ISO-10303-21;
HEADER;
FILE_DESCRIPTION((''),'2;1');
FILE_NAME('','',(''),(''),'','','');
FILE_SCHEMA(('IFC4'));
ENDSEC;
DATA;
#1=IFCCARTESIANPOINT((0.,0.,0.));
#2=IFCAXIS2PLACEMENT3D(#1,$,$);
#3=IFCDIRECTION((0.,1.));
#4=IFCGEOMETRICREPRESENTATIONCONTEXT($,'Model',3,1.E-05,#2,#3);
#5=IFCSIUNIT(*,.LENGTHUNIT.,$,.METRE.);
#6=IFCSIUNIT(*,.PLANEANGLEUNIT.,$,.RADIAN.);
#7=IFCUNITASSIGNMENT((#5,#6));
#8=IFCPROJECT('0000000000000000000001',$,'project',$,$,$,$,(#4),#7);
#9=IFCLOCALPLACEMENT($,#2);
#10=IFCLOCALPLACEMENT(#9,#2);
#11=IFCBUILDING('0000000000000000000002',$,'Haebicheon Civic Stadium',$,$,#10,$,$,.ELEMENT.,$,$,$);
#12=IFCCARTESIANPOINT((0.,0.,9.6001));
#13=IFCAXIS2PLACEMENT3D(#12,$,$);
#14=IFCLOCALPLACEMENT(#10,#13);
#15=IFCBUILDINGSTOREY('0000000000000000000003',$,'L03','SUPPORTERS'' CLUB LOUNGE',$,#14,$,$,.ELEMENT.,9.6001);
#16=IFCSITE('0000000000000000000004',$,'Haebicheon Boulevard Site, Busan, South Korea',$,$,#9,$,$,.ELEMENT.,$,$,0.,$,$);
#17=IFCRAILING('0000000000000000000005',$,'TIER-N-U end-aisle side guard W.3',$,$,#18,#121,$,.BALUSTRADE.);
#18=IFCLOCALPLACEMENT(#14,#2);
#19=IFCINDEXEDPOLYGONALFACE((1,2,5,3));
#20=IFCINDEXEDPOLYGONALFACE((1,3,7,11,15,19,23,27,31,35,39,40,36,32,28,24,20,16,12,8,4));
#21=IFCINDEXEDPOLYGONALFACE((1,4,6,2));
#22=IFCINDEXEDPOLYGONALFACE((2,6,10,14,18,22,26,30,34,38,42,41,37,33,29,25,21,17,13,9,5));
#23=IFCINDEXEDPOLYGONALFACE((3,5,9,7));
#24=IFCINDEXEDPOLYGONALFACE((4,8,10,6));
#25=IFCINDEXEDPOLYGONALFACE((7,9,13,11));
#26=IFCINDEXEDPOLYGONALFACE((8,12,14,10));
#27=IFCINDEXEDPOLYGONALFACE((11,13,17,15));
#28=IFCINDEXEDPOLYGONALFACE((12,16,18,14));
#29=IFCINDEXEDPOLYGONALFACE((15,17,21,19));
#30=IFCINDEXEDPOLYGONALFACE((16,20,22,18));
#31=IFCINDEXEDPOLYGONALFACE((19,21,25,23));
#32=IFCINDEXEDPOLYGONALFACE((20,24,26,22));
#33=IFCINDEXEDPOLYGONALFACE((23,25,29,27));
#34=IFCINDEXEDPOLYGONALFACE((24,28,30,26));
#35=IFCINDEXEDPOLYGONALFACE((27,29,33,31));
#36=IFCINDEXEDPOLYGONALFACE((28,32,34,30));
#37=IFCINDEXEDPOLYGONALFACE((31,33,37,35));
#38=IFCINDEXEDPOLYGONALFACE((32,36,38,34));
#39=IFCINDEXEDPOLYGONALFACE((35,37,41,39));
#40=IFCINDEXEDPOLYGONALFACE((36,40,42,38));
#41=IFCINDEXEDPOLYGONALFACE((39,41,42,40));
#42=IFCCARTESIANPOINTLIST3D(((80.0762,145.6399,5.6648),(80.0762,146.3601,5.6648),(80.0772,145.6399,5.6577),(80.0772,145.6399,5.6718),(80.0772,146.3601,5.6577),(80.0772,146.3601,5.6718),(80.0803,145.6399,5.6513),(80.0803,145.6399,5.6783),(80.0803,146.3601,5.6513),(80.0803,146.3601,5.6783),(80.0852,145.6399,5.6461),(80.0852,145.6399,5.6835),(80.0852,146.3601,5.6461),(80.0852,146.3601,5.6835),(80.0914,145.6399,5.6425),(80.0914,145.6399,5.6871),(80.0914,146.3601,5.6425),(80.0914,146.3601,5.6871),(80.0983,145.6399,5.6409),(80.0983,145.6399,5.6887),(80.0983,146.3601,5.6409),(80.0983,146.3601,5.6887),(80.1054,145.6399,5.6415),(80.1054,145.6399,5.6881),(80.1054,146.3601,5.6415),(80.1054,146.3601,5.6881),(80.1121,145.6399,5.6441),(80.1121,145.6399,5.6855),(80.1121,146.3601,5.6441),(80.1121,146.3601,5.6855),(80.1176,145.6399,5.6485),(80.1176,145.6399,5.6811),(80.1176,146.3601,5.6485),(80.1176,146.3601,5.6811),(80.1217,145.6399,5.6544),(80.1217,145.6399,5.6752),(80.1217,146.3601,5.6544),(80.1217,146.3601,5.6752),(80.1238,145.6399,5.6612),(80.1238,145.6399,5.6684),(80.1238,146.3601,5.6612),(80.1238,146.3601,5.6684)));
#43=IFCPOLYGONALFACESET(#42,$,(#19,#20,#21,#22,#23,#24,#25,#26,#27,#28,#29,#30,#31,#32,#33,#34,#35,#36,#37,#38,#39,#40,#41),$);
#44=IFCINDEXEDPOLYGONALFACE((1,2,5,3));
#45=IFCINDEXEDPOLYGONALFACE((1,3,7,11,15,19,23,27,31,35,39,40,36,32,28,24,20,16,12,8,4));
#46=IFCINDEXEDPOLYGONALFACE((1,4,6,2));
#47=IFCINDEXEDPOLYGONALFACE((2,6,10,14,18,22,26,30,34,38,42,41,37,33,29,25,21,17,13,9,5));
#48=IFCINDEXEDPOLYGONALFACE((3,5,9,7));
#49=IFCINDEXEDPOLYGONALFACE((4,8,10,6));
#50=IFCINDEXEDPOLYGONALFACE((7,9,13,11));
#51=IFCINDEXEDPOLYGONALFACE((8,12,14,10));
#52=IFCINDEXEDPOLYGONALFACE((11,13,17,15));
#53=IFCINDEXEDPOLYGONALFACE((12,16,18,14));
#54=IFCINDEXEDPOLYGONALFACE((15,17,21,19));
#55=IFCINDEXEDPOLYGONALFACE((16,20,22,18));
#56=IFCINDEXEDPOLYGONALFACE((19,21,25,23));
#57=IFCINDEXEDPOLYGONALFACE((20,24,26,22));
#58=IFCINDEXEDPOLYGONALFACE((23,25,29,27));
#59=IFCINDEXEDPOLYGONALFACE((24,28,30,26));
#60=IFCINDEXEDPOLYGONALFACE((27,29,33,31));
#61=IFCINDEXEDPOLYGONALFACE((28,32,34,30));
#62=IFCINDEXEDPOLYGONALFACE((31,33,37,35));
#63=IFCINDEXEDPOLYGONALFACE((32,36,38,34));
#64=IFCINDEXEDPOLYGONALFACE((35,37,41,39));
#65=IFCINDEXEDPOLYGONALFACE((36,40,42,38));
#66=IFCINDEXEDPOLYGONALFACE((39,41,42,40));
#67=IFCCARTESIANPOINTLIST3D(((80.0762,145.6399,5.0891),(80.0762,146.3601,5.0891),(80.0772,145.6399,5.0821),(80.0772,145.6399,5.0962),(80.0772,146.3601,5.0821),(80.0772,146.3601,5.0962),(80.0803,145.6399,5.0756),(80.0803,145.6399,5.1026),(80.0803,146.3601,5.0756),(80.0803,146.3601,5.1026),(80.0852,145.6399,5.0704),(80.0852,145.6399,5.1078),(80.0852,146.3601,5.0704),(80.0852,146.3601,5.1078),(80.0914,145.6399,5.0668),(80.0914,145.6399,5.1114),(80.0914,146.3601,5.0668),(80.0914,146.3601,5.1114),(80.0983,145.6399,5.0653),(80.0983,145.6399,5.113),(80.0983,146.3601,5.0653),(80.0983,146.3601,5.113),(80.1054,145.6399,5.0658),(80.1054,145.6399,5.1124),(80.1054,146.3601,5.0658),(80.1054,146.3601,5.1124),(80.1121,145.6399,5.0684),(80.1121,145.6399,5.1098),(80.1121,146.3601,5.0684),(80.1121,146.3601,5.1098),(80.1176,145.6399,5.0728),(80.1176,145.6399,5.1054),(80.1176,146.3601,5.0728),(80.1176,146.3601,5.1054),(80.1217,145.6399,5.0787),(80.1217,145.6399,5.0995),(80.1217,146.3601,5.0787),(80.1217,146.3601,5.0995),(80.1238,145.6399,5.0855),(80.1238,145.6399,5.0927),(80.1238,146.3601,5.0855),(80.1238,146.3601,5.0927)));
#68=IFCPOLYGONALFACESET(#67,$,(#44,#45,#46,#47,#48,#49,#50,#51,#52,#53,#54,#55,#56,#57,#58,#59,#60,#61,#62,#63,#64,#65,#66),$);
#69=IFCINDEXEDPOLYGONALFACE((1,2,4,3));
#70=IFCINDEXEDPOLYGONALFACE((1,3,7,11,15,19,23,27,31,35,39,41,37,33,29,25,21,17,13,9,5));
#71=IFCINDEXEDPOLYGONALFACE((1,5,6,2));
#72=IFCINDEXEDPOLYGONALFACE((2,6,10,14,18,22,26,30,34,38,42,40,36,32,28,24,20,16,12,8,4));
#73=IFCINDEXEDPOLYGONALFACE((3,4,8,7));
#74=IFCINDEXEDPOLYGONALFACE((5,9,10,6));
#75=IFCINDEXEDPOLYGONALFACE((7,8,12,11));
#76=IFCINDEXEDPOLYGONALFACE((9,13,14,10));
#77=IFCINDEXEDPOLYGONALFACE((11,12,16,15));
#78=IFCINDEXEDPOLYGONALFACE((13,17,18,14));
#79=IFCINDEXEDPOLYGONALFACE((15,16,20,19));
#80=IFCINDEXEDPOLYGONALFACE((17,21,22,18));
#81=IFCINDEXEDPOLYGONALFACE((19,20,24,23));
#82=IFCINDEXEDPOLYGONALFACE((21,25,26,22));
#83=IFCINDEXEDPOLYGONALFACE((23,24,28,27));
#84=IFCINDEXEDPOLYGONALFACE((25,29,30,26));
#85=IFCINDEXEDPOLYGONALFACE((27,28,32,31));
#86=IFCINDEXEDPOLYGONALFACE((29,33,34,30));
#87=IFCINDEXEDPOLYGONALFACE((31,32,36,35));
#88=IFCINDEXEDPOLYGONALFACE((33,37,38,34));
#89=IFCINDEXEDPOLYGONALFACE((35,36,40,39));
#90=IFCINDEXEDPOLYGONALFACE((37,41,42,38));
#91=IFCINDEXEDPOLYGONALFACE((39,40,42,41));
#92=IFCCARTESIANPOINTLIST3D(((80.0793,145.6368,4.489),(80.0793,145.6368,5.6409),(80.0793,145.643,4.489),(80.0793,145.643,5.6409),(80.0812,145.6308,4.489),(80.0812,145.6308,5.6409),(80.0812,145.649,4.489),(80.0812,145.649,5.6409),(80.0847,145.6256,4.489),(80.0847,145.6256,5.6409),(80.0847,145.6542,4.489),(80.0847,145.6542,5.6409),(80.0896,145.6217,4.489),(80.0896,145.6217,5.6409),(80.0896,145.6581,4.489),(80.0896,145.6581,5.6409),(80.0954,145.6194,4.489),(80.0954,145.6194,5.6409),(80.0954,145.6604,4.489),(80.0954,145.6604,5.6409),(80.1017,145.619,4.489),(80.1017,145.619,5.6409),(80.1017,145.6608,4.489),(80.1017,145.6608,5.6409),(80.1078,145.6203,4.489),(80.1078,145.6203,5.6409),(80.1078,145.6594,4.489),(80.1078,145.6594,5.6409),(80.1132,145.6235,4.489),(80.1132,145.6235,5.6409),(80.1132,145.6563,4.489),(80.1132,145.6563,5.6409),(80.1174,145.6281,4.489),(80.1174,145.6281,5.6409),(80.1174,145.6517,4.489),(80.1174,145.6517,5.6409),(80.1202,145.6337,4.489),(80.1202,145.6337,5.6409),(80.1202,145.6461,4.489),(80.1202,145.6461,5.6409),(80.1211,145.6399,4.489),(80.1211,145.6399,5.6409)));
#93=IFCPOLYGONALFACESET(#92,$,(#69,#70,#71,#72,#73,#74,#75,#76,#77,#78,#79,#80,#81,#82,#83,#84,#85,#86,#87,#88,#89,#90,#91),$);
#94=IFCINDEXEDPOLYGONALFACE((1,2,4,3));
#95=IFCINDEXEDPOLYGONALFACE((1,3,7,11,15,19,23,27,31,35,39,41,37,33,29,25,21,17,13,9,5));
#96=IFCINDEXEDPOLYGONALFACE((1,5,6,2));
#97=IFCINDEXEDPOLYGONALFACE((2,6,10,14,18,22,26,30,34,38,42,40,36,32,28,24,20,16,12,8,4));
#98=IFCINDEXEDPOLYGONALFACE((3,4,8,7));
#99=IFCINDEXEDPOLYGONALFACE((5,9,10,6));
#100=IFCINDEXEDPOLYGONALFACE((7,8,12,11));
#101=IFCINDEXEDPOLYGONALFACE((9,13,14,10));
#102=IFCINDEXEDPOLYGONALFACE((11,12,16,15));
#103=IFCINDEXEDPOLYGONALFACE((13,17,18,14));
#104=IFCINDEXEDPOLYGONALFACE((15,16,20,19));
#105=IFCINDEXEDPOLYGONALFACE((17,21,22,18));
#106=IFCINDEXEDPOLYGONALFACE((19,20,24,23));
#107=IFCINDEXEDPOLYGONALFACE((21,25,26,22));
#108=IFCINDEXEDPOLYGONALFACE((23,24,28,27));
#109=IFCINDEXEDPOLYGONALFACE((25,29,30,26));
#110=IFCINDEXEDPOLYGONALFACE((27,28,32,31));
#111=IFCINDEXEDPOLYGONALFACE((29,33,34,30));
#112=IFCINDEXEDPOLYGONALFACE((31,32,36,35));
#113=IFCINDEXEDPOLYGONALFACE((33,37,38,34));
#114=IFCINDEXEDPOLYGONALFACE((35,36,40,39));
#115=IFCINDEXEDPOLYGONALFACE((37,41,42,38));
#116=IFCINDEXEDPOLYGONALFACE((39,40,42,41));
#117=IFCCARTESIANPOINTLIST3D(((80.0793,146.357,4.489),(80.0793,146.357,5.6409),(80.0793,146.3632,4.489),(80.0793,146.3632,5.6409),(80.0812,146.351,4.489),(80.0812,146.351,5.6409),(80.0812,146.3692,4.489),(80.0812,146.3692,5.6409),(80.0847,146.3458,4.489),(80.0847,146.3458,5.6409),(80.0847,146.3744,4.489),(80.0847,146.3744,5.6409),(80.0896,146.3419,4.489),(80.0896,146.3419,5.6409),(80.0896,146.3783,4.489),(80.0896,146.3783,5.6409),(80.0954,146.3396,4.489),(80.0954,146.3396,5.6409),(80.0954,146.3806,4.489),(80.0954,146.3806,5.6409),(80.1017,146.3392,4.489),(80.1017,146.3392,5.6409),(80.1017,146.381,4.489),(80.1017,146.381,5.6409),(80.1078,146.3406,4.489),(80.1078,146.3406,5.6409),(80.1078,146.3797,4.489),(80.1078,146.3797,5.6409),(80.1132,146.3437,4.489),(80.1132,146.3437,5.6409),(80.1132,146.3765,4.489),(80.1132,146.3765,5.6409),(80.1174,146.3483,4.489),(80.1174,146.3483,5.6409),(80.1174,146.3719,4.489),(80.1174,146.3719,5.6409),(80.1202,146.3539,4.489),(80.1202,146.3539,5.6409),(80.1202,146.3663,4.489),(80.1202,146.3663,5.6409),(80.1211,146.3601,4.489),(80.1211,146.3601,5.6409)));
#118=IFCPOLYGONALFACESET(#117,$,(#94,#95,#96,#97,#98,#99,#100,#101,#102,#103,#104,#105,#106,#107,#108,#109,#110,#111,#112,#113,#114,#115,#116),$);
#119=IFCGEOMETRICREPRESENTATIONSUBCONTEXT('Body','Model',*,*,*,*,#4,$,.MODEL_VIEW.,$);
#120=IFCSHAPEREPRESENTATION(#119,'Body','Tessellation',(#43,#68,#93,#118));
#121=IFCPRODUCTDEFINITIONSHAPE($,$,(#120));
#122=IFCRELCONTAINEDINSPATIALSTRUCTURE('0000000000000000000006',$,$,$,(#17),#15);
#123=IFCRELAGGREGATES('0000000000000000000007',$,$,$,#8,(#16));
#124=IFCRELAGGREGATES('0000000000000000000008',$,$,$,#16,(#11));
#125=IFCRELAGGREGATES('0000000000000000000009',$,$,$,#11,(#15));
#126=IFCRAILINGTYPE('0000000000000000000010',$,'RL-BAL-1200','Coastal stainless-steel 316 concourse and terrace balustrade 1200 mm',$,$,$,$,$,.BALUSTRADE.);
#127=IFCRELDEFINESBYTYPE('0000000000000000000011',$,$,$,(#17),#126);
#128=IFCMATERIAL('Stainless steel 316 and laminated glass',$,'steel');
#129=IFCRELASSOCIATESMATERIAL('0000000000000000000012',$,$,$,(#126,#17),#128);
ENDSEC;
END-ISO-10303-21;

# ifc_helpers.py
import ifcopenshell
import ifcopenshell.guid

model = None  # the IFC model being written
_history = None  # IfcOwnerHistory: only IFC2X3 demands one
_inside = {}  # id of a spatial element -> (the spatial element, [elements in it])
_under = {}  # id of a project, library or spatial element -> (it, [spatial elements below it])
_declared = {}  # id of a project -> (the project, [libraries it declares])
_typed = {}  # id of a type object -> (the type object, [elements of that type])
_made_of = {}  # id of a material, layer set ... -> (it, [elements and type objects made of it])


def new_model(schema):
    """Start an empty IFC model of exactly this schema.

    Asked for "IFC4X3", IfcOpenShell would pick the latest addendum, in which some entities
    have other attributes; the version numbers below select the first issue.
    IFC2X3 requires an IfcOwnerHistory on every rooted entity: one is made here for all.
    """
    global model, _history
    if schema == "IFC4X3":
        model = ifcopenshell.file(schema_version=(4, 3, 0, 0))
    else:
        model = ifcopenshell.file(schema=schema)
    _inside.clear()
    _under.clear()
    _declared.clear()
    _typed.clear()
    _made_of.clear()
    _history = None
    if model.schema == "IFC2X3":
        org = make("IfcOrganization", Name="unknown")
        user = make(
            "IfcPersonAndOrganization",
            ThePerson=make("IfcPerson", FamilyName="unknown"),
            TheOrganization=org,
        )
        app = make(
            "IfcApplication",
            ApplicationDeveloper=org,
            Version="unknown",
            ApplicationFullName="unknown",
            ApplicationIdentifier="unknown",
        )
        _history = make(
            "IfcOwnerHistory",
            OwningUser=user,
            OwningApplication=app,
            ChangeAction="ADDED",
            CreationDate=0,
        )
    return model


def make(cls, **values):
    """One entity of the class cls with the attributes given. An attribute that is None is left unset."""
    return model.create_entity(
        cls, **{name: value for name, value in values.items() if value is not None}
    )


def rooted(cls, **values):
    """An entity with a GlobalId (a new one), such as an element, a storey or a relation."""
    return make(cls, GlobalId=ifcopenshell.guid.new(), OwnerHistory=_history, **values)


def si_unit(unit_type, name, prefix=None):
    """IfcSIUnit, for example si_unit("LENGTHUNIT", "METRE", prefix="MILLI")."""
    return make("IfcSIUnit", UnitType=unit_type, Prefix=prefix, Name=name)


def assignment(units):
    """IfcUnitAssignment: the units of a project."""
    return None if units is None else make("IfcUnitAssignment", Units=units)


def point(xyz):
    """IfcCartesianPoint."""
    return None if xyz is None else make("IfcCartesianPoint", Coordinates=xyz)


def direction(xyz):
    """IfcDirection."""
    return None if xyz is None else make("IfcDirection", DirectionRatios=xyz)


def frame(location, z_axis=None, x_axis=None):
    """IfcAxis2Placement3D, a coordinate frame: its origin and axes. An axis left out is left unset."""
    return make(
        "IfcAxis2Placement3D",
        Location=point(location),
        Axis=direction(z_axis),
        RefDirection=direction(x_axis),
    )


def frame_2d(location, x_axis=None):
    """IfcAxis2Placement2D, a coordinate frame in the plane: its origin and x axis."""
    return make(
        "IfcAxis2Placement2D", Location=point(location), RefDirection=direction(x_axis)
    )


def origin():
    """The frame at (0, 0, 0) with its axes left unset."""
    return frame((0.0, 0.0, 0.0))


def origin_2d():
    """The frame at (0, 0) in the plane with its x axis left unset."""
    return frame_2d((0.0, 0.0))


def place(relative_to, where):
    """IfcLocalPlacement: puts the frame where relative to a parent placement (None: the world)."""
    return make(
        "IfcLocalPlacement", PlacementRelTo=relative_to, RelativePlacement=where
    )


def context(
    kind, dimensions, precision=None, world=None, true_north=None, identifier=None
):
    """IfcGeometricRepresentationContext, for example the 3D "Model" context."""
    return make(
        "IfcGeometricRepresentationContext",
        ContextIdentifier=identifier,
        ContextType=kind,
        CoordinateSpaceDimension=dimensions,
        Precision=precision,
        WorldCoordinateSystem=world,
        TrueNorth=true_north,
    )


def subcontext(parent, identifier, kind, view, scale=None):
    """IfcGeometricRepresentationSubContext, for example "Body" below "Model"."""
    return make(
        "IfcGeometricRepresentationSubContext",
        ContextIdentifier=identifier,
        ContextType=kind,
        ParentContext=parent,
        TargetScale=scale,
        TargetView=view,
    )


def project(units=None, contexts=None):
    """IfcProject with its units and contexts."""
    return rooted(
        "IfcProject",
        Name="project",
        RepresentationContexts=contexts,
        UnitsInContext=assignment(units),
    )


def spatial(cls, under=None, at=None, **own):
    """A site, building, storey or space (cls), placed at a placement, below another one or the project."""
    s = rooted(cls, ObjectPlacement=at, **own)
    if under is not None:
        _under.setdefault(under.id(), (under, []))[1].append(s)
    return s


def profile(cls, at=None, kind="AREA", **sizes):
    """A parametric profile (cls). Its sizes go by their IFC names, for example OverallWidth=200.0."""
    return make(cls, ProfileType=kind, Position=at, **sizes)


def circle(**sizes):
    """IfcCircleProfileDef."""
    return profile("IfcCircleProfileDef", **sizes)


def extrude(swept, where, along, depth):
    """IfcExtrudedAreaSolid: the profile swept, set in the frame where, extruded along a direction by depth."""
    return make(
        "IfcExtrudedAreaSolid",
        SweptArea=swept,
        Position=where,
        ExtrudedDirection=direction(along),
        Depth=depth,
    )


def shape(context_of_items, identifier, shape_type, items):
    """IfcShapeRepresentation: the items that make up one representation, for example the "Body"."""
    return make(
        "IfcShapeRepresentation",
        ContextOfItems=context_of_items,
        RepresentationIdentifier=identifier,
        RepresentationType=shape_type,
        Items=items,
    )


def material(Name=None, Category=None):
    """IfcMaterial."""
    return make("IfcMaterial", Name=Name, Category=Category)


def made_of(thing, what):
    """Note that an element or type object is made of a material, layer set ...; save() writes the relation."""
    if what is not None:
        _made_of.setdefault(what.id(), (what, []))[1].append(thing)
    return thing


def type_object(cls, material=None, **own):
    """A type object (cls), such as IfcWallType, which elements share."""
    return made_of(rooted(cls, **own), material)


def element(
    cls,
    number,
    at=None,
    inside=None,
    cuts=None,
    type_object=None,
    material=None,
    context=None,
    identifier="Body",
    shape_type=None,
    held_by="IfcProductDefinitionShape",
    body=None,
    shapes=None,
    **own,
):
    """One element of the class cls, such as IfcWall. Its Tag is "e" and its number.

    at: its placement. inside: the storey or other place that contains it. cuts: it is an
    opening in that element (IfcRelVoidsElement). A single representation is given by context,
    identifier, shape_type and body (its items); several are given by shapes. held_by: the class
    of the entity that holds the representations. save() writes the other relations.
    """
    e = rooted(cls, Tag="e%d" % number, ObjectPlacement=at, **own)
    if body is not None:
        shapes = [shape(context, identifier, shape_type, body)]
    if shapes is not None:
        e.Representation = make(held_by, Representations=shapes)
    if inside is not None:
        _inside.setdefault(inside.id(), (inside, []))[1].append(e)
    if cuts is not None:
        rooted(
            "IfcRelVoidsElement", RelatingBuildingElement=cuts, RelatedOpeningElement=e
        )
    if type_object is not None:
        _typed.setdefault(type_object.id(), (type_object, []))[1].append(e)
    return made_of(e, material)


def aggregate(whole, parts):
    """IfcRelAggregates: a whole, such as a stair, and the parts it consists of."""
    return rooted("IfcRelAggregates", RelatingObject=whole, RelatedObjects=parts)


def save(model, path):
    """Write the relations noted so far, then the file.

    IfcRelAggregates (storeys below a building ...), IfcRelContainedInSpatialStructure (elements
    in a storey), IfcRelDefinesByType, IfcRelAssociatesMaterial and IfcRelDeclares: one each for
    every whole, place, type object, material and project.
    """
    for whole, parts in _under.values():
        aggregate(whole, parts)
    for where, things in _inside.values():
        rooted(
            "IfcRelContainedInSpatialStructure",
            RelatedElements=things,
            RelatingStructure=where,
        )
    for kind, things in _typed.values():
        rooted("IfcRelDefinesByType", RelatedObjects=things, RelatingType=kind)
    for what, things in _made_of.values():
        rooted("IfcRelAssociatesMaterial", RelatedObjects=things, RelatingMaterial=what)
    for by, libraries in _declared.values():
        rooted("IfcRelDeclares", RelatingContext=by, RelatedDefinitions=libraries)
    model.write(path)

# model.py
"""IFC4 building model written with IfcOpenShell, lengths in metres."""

from ifc_helpers import new_model, si_unit, direction, frame, origin, origin_2d, place, context, subcontext, project, spatial, circle, extrude, material, type_object, element, save


model = new_model("IFC4")

# Units and contexts
model_context = context("Model", 3, precision=1e-05, world=origin(), true_north=direction((0.0, 1.0)))
body_context = subcontext(model_context, "Body", "Model", "MODEL_VIEW")
ifc_project = project(units=[si_unit("LENGTHUNIT", "METRE"), si_unit("PLANEANGLEUNIT", "RADIAN")], contexts=[model_context])

# Site, building, storey
site_placement = place(None, origin())
site = spatial("IfcSite", under=ifc_project, at=site_placement, Name="Haebicheon Boulevard Site, Busan, South Korea", CompositionType="ELEMENT", RefElevation=0.0)
building_placement = place(site_placement, origin())
building = spatial("IfcBuilding", under=site, at=building_placement, Name="Haebicheon Civic Stadium", CompositionType="ELEMENT")
storey_placement = place(building_placement, frame((0.0, 0.0, 9.6001)))
storey = spatial("IfcBuildingStorey", under=building, at=storey_placement, Name="L03", Description="SUPPORTERS' CLUB LOUNGE", CompositionType="ELEMENT", Elevation=9.6001)

# Railing
ifc_material_1 = material(Name="Stainless steel 316 and laminated glass", Category="steel")
railing_type = type_object("IfcRailingType", Name="RL-BAL-1200", Description="Coastal stainless-steel 316 concourse and terrace balustrade 1200 mm", PredefinedType="BALUSTRADE", material=ifc_material_1)
railing_1_placement = place(storey_placement, frame((80.1001, 145.6399, 4.489)))
element("IfcRailing", 1, at=railing_1_placement, inside=storey, type_object=railing_type, material=ifc_material_1, Name="TIER-N-U end-aisle side guard W.3", PredefinedType="BALUSTRADE", context=body_context, shape_type="SweptSolid", body=[
    extrude(circle(Radius=0.0239, at=origin_2d()), frame((0.0, 0.0, 1.1758), z_axis=(0.0, 1.0, 0.0), x_axis=(-1.0, 0.0, 0.0)), (0.0, 0.0, 1.0), 0.7202),
    extrude(circle(Radius=0.0239, at=origin_2d()), frame((0.0, 0.0, 0.6001), z_axis=(0.0, 1.0, 0.0), x_axis=(-1.0, 0.0, 0.0)), (0.0, 0.0, 1.0), 0.7202),
    extrude(circle(Radius=0.021, at=origin_2d()), origin(), (0.0, 0.0, 1.0), 1.1519),
    extrude(circle(Radius=0.021, at=origin_2d()), frame((0.0, 0.7202, 0.0)), (0.0, 0.0, 1.0), 1.1519),
])

save(model, "model.ifc")
